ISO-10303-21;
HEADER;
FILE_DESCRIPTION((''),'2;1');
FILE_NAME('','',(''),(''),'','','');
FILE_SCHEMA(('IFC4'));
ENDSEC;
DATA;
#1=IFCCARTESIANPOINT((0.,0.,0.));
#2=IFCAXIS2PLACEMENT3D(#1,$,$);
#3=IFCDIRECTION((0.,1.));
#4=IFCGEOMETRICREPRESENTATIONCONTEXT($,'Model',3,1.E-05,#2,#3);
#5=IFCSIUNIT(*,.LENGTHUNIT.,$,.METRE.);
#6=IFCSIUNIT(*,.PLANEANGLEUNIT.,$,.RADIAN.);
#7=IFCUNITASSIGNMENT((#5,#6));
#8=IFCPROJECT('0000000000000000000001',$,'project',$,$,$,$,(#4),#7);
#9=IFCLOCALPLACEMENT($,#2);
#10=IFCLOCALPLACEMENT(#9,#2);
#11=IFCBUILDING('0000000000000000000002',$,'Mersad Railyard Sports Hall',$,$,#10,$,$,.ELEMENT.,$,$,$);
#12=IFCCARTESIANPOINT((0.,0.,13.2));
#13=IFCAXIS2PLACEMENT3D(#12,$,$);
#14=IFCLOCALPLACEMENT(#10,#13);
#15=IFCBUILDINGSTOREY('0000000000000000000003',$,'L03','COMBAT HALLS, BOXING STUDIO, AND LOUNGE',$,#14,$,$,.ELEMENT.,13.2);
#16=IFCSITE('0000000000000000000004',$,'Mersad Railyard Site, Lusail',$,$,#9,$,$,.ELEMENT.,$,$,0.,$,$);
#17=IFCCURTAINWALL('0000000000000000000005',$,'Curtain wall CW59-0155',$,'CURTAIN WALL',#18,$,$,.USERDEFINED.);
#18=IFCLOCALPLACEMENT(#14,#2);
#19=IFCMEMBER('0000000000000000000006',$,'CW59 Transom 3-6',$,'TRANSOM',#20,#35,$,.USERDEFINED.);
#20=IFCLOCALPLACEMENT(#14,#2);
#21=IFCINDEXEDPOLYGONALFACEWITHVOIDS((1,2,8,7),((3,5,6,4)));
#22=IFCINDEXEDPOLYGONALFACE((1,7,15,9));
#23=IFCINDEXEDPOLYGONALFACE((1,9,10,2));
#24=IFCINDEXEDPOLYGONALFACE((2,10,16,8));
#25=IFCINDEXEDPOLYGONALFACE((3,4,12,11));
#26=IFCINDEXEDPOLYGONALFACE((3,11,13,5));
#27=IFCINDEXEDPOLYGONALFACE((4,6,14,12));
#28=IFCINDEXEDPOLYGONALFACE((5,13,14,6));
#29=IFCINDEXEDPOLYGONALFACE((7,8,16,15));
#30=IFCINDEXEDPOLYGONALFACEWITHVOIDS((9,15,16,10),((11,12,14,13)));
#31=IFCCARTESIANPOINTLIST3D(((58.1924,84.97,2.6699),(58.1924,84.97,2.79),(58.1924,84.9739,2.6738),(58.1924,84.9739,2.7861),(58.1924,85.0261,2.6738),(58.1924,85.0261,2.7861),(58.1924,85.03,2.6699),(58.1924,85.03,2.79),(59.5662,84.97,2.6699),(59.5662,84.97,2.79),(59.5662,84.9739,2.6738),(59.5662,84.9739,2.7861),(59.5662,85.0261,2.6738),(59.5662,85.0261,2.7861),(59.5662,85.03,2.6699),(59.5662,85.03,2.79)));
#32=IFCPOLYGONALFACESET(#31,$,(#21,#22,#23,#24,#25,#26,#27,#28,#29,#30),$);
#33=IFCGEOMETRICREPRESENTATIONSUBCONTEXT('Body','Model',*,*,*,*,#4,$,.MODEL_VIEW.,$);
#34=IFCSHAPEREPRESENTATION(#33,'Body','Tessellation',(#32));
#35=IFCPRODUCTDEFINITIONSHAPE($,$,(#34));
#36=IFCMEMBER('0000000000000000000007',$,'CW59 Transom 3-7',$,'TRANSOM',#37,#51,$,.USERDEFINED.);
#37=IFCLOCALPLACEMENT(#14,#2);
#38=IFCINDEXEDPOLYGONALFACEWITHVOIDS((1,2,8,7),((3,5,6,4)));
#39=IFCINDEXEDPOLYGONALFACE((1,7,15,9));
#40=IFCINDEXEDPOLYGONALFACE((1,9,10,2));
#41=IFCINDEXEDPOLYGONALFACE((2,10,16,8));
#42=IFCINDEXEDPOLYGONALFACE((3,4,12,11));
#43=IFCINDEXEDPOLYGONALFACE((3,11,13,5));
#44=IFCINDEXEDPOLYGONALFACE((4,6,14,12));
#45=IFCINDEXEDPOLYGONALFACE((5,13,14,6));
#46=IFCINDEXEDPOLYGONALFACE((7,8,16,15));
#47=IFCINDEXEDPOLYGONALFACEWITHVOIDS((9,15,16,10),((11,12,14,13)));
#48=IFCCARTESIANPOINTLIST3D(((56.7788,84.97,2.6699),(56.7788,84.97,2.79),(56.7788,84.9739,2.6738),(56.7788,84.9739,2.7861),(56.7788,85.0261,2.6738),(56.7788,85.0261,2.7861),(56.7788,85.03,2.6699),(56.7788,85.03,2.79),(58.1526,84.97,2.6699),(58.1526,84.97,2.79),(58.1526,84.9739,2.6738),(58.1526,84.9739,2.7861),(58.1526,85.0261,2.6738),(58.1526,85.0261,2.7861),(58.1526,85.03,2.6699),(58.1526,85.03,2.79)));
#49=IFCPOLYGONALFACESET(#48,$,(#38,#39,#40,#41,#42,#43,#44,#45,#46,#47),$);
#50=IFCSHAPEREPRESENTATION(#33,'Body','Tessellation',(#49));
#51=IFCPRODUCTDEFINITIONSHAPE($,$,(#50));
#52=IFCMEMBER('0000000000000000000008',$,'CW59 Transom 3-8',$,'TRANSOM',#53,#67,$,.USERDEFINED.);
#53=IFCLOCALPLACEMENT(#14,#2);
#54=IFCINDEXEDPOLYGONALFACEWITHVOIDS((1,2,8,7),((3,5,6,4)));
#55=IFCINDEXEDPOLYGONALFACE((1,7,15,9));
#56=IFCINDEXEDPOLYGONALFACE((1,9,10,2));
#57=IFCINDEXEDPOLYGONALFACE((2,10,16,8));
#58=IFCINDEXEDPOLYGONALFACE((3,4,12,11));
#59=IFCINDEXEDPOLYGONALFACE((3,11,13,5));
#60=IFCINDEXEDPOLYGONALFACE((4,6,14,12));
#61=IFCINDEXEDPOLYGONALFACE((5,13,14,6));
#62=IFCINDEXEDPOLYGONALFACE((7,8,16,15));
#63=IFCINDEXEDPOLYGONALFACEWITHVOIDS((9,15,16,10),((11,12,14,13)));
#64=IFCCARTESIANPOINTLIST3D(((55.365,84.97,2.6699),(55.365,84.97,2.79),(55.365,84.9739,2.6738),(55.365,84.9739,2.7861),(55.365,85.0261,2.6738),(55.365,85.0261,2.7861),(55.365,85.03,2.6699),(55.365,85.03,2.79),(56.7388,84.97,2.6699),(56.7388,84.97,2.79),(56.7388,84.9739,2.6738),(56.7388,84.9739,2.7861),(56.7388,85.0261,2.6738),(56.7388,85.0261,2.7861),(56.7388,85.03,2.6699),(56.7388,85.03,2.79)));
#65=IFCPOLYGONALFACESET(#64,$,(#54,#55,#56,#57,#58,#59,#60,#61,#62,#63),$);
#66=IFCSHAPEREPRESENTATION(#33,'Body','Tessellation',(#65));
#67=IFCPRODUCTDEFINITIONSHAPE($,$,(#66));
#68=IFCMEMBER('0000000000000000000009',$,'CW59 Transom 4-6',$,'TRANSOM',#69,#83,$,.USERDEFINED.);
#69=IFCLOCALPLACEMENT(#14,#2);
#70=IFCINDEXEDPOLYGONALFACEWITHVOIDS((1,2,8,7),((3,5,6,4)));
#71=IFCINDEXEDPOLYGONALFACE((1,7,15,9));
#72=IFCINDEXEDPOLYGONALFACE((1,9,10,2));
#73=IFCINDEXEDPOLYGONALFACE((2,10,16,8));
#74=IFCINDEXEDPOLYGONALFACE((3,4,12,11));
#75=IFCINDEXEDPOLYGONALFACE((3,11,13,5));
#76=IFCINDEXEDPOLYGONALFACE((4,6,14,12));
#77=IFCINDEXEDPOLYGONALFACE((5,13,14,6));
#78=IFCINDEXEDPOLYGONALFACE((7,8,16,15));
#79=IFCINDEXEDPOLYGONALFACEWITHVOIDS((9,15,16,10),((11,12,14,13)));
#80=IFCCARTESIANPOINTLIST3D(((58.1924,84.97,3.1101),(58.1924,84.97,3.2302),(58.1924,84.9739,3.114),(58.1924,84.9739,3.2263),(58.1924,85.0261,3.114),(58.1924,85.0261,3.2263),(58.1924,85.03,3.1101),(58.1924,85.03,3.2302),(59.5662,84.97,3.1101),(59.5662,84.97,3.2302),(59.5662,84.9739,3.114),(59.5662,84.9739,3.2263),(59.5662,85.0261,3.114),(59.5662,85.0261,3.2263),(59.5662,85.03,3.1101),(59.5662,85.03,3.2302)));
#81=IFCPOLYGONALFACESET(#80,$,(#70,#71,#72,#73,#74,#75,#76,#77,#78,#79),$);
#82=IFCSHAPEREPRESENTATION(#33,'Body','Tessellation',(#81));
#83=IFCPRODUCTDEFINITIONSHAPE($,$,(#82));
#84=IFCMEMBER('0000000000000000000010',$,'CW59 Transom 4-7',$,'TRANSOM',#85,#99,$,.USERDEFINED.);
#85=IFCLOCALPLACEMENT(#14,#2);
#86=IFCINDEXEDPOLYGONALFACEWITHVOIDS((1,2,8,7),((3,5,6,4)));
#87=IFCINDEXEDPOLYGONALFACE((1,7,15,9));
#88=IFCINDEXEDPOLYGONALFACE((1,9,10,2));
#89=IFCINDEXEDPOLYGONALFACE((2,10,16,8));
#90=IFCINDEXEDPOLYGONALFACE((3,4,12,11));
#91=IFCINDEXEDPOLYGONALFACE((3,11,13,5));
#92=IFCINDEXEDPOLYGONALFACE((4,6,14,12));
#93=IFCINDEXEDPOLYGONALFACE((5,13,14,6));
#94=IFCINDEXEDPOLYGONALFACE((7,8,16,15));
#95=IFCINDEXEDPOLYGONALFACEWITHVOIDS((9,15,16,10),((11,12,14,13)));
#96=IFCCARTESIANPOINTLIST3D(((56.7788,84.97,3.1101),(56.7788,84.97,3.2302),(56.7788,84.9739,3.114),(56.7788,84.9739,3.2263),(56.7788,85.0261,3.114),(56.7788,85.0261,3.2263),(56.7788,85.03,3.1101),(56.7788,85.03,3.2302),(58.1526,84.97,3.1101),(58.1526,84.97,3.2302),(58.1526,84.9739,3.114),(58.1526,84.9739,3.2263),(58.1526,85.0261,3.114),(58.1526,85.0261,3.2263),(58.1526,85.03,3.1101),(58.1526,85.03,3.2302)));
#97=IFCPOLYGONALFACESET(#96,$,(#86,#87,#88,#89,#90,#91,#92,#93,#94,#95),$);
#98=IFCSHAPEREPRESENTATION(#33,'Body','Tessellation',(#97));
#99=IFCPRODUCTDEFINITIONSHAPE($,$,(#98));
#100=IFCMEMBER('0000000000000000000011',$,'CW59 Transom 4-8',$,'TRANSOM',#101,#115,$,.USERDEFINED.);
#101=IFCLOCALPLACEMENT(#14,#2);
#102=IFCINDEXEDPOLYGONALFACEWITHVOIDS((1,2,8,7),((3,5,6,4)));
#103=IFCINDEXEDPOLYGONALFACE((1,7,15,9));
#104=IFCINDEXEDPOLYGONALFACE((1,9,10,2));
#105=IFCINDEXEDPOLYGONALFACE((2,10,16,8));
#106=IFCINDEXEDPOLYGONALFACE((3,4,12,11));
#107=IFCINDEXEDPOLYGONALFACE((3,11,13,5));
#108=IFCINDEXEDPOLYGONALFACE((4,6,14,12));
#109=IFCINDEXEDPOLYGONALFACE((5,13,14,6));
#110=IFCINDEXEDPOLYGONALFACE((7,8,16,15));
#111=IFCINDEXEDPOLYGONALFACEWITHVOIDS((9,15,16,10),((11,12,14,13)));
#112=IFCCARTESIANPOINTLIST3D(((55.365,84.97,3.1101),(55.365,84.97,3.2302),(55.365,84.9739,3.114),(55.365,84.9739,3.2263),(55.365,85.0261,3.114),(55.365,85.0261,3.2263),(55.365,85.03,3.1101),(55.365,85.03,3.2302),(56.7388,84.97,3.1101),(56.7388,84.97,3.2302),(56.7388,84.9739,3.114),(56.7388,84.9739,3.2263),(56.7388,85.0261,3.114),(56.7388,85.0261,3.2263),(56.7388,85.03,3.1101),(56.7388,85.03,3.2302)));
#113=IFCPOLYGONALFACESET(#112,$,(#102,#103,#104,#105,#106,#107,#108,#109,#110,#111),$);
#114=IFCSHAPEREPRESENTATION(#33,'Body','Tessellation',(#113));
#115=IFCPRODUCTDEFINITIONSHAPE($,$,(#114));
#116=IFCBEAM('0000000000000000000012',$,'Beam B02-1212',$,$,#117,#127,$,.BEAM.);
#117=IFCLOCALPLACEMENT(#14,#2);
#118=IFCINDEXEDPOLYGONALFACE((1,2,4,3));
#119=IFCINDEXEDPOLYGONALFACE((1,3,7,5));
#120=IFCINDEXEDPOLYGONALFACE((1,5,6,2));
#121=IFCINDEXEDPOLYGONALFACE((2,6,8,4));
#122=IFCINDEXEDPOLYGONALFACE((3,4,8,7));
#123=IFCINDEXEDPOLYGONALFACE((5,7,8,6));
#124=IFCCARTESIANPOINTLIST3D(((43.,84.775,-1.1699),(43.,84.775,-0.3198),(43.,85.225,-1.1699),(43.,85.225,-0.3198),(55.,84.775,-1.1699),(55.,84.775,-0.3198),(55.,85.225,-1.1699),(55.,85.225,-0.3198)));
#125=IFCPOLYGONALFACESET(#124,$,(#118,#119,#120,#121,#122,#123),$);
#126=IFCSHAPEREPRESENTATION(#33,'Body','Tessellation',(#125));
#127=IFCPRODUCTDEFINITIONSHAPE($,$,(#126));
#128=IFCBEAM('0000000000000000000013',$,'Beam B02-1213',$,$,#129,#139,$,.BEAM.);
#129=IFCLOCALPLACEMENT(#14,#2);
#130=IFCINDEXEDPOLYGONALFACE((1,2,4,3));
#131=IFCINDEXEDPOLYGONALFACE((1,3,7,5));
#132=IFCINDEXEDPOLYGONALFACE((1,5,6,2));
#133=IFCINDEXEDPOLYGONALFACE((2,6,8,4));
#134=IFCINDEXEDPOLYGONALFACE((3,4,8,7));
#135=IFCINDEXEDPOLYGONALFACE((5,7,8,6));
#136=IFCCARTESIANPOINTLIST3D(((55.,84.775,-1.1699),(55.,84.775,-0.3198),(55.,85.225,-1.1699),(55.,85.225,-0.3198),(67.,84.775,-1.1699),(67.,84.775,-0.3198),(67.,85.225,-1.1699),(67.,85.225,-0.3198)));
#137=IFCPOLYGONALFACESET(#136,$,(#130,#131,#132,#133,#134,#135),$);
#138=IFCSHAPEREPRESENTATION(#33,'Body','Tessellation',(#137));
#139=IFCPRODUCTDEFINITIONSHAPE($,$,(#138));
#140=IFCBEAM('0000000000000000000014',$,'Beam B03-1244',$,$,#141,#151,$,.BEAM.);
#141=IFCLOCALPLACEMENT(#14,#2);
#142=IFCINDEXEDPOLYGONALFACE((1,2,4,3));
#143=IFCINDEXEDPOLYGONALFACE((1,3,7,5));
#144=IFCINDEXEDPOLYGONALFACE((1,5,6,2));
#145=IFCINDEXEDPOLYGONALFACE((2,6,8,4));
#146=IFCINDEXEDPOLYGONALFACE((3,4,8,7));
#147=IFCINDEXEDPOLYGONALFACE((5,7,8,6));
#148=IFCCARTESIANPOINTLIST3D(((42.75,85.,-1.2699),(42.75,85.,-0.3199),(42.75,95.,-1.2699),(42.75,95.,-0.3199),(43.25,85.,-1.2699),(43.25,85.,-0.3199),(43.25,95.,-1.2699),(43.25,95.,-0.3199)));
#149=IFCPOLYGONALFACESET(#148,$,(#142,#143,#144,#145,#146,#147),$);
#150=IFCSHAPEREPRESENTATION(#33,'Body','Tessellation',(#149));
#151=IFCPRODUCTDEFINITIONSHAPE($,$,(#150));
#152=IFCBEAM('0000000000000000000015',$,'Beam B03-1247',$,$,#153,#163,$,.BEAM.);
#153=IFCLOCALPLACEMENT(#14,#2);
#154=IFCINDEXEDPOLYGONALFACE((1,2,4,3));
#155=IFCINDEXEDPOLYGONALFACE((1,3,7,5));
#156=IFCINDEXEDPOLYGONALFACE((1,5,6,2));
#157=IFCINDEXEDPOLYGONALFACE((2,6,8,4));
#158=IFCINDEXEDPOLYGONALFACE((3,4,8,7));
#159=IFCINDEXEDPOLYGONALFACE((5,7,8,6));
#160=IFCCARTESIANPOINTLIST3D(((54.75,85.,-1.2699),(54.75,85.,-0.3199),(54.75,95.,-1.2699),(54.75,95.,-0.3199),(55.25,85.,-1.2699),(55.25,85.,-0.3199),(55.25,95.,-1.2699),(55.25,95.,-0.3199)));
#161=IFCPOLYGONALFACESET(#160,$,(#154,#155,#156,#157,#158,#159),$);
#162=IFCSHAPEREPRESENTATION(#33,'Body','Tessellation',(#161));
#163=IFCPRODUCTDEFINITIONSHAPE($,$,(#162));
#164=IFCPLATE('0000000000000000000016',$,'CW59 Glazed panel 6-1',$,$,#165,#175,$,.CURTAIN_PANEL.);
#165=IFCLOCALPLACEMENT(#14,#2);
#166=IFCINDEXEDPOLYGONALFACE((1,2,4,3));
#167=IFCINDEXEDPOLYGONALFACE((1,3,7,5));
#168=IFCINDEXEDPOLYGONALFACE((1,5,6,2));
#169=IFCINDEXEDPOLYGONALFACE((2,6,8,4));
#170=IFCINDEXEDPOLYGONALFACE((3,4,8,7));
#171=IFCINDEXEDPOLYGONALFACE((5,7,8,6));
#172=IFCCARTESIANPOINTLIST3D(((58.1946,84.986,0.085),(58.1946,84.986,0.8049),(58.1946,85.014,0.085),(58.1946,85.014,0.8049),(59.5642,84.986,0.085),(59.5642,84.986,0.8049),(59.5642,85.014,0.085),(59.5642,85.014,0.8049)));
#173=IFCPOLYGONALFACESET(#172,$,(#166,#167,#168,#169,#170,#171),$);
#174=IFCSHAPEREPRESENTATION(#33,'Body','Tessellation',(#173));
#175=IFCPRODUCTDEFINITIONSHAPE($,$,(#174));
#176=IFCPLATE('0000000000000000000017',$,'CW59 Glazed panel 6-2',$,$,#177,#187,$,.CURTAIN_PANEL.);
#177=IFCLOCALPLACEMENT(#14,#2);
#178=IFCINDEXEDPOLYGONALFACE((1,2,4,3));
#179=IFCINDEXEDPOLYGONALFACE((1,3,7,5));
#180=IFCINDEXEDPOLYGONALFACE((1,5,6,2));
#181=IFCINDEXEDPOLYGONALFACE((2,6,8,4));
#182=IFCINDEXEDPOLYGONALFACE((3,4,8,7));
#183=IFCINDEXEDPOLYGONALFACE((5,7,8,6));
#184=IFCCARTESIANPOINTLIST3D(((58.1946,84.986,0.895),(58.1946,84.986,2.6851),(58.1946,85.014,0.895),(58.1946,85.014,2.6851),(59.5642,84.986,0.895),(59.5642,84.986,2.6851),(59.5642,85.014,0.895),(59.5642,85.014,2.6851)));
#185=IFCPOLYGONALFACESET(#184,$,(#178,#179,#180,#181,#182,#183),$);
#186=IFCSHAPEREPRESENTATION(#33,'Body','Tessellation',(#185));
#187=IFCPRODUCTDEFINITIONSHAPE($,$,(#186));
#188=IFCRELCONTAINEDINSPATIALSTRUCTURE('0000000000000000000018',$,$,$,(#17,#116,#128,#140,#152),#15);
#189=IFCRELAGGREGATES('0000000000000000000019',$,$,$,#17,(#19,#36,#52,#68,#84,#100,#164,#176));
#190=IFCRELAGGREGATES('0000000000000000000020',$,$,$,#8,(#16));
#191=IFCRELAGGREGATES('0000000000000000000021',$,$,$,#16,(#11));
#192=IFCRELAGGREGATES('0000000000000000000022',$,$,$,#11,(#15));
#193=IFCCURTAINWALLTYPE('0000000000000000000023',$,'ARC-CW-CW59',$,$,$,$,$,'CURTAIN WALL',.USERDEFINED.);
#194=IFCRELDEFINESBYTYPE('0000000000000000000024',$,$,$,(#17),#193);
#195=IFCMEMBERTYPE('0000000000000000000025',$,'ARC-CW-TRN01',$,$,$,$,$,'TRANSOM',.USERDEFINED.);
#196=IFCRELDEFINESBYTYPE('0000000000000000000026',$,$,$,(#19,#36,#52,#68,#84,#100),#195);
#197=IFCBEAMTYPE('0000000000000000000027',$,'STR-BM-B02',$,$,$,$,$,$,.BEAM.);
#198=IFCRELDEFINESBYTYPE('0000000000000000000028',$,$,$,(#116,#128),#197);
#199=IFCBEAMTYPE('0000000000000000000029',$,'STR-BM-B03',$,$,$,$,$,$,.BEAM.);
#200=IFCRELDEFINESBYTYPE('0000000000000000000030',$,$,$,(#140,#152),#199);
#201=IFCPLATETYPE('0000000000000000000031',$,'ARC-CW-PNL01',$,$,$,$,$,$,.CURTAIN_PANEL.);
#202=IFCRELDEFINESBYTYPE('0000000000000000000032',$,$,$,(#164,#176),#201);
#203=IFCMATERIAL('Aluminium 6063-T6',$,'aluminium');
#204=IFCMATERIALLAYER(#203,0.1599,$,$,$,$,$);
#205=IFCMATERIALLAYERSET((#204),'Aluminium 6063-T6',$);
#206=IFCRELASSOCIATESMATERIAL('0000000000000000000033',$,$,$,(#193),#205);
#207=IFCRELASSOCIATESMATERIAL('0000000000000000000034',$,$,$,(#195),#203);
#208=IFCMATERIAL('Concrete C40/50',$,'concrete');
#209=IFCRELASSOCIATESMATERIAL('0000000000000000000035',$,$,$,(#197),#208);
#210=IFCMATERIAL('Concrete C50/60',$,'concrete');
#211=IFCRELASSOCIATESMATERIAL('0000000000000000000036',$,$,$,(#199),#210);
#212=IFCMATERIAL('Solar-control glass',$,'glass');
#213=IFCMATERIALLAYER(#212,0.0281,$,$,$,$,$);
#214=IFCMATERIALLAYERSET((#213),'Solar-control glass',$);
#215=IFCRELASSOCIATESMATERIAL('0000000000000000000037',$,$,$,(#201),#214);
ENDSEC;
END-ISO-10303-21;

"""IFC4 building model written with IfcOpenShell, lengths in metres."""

from ifc_helpers import new_model, si_unit, direction, frame, origin, origin_2d, place, context, subcontext, project, spatial, rectangle, hollow_rectangle, extrude, material, layer, layer_set, material_profile, profile_set, type_object, element, aggregate, save


model = new_model("IFC4")

# Units and contexts
model_context = context("Model", 3, precision=1e-05, world=origin(), true_north=direction((0.0, 1.0)))
body_context = subcontext(model_context, "Body", "Model", "MODEL_VIEW")
ifc_project = project(units=[si_unit("LENGTHUNIT", "METRE"), si_unit("PLANEANGLEUNIT", "RADIAN")], contexts=[model_context])

# Site, building, storey
site_placement = place(None, origin())
site = spatial("IfcSite", under=ifc_project, at=site_placement, Name="Mersad Railyard Site, Lusail", CompositionType="ELEMENT", RefElevation=0.0)
building_placement = place(site_placement, origin())
building = spatial("IfcBuilding", under=site, at=building_placement, Name="Mersad Railyard Sports Hall", CompositionType="ELEMENT")
storey_placement = place(building_placement, frame((0.0, 0.0, 13.2)))
storey = spatial("IfcBuildingStorey", under=building, at=storey_placement, Name="L03", Description="COMBAT HALLS, BOXING STUDIO, AND LOUNGE", CompositionType="ELEMENT", Elevation=13.2)

# Shared definitions
ifc_material_1 = material(Name="Concrete C40/50", Category="concrete")

# Curtain wall, members
ifc_material_2 = material(Name="Aluminium 6063-T6", Category="aluminium")
ifc_layer_1 = layer(ifc_material_2, 0.1599)
ifc_layer_set_1 = layer_set([ifc_layer_1], Name="Aluminium 6063-T6")
curtain_wall_type = type_object("IfcCurtainWallType", Name="ARC-CW-CW59", ElementType="CURTAIN WALL", PredefinedType="USERDEFINED", material=ifc_layer_set_1)
curtain_wall_placement = place(storey_placement, origin())
curtain_wall = element("IfcCurtainWall", 1, at=curtain_wall_placement, inside=storey, type_object=curtain_wall_type, Name="Curtain wall CW59-0155", ObjectType="CURTAIN WALL", PredefinedType="USERDEFINED")
ifc_material_profile_1 = material_profile(ifc_material_2, hollow_rectangle(XDim=0.0601, YDim=0.1201, WallThickness=0.0039, at=origin_2d()), Name="AL TRANSOM 60x120x4")
ifc_profile_set_1 = profile_set([ifc_material_profile_1], Name="Aluminium 6063-T6")
member_type_1 = type_object("IfcMemberType", Name="ARC-CW-TRN01", ElementType="TRANSOM", PredefinedType="USERDEFINED", material=ifc_profile_set_1)
member_1_placement = place(storey_placement, frame((59.5662, 85.0, 2.73), z_axis=(-1.0, 0.0, 0.0), x_axis=(0.0, -1.0, 0.0)))
member_1 = element("IfcMember", 2, at=member_1_placement, type_object=member_type_1, Name="CW59 Transom 3-6", ObjectType="TRANSOM", PredefinedType="USERDEFINED", context=body_context, shape_type="SweptSolid", body=[
    extrude(hollow_rectangle(XDim=0.0601, YDim=0.1201, WallThickness=0.0039, at=origin_2d()), origin(), (0.0, 0.0, 1.0), 1.3738),
])
member_2_placement = place(storey_placement, frame((58.1526, 85.0, 2.73), z_axis=(-1.0, 0.0, 0.0), x_axis=(0.0, -1.0, 0.0)))
member_2 = element("IfcMember", 3, at=member_2_placement, type_object=member_type_1, Name="CW59 Transom 3-7", ObjectType="TRANSOM", PredefinedType="USERDEFINED", context=body_context, shape_type="SweptSolid", body=[
    extrude(hollow_rectangle(XDim=0.0601, YDim=0.1201, WallThickness=0.0039, at=origin_2d()), origin(), (0.0, 0.0, 1.0), 1.3738),
])
member_3_placement = place(storey_placement, frame((56.7388, 85.0, 2.73), z_axis=(-1.0, 0.0, 0.0), x_axis=(0.0, -1.0, 0.0)))
member_3 = element("IfcMember", 4, at=member_3_placement, type_object=member_type_1, Name="CW59 Transom 3-8", ObjectType="TRANSOM", PredefinedType="USERDEFINED", context=body_context, shape_type="SweptSolid", body=[
    extrude(hollow_rectangle(XDim=0.0601, YDim=0.1201, WallThickness=0.0039, at=origin_2d()), origin(), (0.0, 0.0, 1.0), 1.3738),
])
member_4_placement = place(storey_placement, frame((59.5662, 85.0, 3.1702), z_axis=(-1.0, 0.0, 0.0), x_axis=(0.0, -1.0, 0.0)))
member_4 = element("IfcMember", 5, at=member_4_placement, type_object=member_type_1, Name="CW59 Transom 4-6", ObjectType="TRANSOM", PredefinedType="USERDEFINED", context=body_context, shape_type="SweptSolid", body=[
    extrude(hollow_rectangle(XDim=0.0601, YDim=0.1201, WallThickness=0.0039, at=origin_2d()), origin(), (0.0, 0.0, 1.0), 1.3738),
])
member_5_placement = place(storey_placement, frame((58.1526, 85.0, 3.1702), z_axis=(-1.0, 0.0, 0.0), x_axis=(0.0, -1.0, 0.0)))
member_5 = element("IfcMember", 6, at=member_5_placement, type_object=member_type_1, Name="CW59 Transom 4-7", ObjectType="TRANSOM", PredefinedType="USERDEFINED", context=body_context, shape_type="SweptSolid", body=[
    extrude(hollow_rectangle(XDim=0.0601, YDim=0.1201, WallThickness=0.0039, at=origin_2d()), origin(), (0.0, 0.0, 1.0), 1.3738),
])
member_6_placement = place(storey_placement, frame((56.7388, 85.0, 3.1702), z_axis=(-1.0, 0.0, 0.0), x_axis=(0.0, -1.0, 0.0)))
member_6 = element("IfcMember", 7, at=member_6_placement, type_object=member_type_1, Name="CW59 Transom 4-8", ObjectType="TRANSOM", PredefinedType="USERDEFINED", context=body_context, shape_type="SweptSolid", body=[
    extrude(hollow_rectangle(XDim=0.0601, YDim=0.1201, WallThickness=0.0039, at=origin_2d()), origin(), (0.0, 0.0, 1.0), 1.3738),
])

# Beams
ifc_material_profile_2 = material_profile(ifc_material_1, rectangle(XDim=0.45, YDim=0.8501, at=origin_2d()), Name="RC 450x850")
ifc_profile_set_2 = profile_set([ifc_material_profile_2], Name="Concrete C40/50")
beam_type_1 = type_object("IfcBeamType", Name="STR-BM-B02", PredefinedType="BEAM", material=ifc_profile_set_2)
for number, where, z_axis, x_axis, name in (
    (8, (43.0, 85.0, -0.7449), (1.0, 0.0, 0.0), (0.0, 1.0, 0.0), "Beam B02-1212"),
    (9, (55.0, 85.0, -0.7449), (1.0, 0.0, 0.0), (0.0, 1.0, 0.0), "Beam B02-1213"),
):
    element("IfcBeam", number, at=place(storey_placement, frame(where, z_axis=z_axis, x_axis=x_axis)), inside=storey, type_object=beam_type_1, Name=name, PredefinedType="BEAM", context=body_context, shape_type="SweptSolid", body=[
        extrude(rectangle(XDim=0.45, YDim=0.8501, at=origin_2d()), origin(), (0.0, 0.0, 1.0), 12.0),
    ])
ifc_material_3 = material(Name="Concrete C50/60", Category="concrete")
ifc_material_profile_3 = material_profile(ifc_material_3, rectangle(XDim=0.5, YDim=0.95, at=origin_2d()), Name="RC 500x950")
ifc_profile_set_3 = profile_set([ifc_material_profile_3], Name="Concrete C50/60")
beam_type_2 = type_object("IfcBeamType", Name="STR-BM-B03", PredefinedType="BEAM", material=ifc_profile_set_3)
for number, where, z_axis, x_axis, name in (
    (10, (43.0, 85.0, -0.7949), (0.0, 1.0, 0.0), (-1.0, 0.0, 0.0), "Beam B03-1244"),
    (11, (55.0, 85.0, -0.7949), (0.0, 1.0, 0.0), (-1.0, 0.0, 0.0), "Beam B03-1247"),
):
    element("IfcBeam", number, at=place(storey_placement, frame(where, z_axis=z_axis, x_axis=x_axis)), inside=storey, type_object=beam_type_2, Name=name, PredefinedType="BEAM", context=body_context, shape_type="SweptSolid", body=[
        extrude(rectangle(XDim=0.5, YDim=0.95, at=origin_2d()), origin(), (0.0, 0.0, 1.0), 10.0),
    ])

# Plates
ifc_material_4 = material(Name="Solar-control glass", Category="glass")
ifc_layer_2 = layer(ifc_material_4, 0.0281)
ifc_layer_set_2 = layer_set([ifc_layer_2], Name="Solar-control glass")
plate_type = type_object("IfcPlateType", Name="ARC-CW-PNL01", PredefinedType="CURTAIN_PANEL", material=ifc_layer_set_2)
plate_1_placement = place(storey_placement, frame((58.8794, 85.0, 0.085), z_axis=(0.0, 0.0, 1.0), x_axis=(-1.0, 0.0, 0.0)))
plate_1 = element("IfcPlate", 12, at=plate_1_placement, type_object=plate_type, Name="CW59 Glazed panel 6-1", PredefinedType="CURTAIN_PANEL", context=body_context, shape_type="SweptSolid", body=[
    extrude(rectangle(XDim=1.3696, YDim=0.0281, at=origin_2d()), origin(), (0.0, 0.0, 1.0), 0.72),
])
plate_2_placement = place(storey_placement, frame((58.8794, 85.0, 0.895), z_axis=(0.0, 0.0, 1.0), x_axis=(-1.0, 0.0, 0.0)))
plate_2 = element("IfcPlate", 13, at=plate_2_placement, type_object=plate_type, Name="CW59 Glazed panel 6-2", PredefinedType="CURTAIN_PANEL", context=body_context, shape_type="SweptSolid", body=[
    extrude(rectangle(XDim=1.3696, YDim=0.0281, at=origin_2d()), origin(), (0.0, 0.0, 1.0), 1.79),
])
aggregate(curtain_wall, [member_1, member_2, member_3, member_4, member_5, member_6, plate_1, plate_2])

save(model, "model.ifc")
